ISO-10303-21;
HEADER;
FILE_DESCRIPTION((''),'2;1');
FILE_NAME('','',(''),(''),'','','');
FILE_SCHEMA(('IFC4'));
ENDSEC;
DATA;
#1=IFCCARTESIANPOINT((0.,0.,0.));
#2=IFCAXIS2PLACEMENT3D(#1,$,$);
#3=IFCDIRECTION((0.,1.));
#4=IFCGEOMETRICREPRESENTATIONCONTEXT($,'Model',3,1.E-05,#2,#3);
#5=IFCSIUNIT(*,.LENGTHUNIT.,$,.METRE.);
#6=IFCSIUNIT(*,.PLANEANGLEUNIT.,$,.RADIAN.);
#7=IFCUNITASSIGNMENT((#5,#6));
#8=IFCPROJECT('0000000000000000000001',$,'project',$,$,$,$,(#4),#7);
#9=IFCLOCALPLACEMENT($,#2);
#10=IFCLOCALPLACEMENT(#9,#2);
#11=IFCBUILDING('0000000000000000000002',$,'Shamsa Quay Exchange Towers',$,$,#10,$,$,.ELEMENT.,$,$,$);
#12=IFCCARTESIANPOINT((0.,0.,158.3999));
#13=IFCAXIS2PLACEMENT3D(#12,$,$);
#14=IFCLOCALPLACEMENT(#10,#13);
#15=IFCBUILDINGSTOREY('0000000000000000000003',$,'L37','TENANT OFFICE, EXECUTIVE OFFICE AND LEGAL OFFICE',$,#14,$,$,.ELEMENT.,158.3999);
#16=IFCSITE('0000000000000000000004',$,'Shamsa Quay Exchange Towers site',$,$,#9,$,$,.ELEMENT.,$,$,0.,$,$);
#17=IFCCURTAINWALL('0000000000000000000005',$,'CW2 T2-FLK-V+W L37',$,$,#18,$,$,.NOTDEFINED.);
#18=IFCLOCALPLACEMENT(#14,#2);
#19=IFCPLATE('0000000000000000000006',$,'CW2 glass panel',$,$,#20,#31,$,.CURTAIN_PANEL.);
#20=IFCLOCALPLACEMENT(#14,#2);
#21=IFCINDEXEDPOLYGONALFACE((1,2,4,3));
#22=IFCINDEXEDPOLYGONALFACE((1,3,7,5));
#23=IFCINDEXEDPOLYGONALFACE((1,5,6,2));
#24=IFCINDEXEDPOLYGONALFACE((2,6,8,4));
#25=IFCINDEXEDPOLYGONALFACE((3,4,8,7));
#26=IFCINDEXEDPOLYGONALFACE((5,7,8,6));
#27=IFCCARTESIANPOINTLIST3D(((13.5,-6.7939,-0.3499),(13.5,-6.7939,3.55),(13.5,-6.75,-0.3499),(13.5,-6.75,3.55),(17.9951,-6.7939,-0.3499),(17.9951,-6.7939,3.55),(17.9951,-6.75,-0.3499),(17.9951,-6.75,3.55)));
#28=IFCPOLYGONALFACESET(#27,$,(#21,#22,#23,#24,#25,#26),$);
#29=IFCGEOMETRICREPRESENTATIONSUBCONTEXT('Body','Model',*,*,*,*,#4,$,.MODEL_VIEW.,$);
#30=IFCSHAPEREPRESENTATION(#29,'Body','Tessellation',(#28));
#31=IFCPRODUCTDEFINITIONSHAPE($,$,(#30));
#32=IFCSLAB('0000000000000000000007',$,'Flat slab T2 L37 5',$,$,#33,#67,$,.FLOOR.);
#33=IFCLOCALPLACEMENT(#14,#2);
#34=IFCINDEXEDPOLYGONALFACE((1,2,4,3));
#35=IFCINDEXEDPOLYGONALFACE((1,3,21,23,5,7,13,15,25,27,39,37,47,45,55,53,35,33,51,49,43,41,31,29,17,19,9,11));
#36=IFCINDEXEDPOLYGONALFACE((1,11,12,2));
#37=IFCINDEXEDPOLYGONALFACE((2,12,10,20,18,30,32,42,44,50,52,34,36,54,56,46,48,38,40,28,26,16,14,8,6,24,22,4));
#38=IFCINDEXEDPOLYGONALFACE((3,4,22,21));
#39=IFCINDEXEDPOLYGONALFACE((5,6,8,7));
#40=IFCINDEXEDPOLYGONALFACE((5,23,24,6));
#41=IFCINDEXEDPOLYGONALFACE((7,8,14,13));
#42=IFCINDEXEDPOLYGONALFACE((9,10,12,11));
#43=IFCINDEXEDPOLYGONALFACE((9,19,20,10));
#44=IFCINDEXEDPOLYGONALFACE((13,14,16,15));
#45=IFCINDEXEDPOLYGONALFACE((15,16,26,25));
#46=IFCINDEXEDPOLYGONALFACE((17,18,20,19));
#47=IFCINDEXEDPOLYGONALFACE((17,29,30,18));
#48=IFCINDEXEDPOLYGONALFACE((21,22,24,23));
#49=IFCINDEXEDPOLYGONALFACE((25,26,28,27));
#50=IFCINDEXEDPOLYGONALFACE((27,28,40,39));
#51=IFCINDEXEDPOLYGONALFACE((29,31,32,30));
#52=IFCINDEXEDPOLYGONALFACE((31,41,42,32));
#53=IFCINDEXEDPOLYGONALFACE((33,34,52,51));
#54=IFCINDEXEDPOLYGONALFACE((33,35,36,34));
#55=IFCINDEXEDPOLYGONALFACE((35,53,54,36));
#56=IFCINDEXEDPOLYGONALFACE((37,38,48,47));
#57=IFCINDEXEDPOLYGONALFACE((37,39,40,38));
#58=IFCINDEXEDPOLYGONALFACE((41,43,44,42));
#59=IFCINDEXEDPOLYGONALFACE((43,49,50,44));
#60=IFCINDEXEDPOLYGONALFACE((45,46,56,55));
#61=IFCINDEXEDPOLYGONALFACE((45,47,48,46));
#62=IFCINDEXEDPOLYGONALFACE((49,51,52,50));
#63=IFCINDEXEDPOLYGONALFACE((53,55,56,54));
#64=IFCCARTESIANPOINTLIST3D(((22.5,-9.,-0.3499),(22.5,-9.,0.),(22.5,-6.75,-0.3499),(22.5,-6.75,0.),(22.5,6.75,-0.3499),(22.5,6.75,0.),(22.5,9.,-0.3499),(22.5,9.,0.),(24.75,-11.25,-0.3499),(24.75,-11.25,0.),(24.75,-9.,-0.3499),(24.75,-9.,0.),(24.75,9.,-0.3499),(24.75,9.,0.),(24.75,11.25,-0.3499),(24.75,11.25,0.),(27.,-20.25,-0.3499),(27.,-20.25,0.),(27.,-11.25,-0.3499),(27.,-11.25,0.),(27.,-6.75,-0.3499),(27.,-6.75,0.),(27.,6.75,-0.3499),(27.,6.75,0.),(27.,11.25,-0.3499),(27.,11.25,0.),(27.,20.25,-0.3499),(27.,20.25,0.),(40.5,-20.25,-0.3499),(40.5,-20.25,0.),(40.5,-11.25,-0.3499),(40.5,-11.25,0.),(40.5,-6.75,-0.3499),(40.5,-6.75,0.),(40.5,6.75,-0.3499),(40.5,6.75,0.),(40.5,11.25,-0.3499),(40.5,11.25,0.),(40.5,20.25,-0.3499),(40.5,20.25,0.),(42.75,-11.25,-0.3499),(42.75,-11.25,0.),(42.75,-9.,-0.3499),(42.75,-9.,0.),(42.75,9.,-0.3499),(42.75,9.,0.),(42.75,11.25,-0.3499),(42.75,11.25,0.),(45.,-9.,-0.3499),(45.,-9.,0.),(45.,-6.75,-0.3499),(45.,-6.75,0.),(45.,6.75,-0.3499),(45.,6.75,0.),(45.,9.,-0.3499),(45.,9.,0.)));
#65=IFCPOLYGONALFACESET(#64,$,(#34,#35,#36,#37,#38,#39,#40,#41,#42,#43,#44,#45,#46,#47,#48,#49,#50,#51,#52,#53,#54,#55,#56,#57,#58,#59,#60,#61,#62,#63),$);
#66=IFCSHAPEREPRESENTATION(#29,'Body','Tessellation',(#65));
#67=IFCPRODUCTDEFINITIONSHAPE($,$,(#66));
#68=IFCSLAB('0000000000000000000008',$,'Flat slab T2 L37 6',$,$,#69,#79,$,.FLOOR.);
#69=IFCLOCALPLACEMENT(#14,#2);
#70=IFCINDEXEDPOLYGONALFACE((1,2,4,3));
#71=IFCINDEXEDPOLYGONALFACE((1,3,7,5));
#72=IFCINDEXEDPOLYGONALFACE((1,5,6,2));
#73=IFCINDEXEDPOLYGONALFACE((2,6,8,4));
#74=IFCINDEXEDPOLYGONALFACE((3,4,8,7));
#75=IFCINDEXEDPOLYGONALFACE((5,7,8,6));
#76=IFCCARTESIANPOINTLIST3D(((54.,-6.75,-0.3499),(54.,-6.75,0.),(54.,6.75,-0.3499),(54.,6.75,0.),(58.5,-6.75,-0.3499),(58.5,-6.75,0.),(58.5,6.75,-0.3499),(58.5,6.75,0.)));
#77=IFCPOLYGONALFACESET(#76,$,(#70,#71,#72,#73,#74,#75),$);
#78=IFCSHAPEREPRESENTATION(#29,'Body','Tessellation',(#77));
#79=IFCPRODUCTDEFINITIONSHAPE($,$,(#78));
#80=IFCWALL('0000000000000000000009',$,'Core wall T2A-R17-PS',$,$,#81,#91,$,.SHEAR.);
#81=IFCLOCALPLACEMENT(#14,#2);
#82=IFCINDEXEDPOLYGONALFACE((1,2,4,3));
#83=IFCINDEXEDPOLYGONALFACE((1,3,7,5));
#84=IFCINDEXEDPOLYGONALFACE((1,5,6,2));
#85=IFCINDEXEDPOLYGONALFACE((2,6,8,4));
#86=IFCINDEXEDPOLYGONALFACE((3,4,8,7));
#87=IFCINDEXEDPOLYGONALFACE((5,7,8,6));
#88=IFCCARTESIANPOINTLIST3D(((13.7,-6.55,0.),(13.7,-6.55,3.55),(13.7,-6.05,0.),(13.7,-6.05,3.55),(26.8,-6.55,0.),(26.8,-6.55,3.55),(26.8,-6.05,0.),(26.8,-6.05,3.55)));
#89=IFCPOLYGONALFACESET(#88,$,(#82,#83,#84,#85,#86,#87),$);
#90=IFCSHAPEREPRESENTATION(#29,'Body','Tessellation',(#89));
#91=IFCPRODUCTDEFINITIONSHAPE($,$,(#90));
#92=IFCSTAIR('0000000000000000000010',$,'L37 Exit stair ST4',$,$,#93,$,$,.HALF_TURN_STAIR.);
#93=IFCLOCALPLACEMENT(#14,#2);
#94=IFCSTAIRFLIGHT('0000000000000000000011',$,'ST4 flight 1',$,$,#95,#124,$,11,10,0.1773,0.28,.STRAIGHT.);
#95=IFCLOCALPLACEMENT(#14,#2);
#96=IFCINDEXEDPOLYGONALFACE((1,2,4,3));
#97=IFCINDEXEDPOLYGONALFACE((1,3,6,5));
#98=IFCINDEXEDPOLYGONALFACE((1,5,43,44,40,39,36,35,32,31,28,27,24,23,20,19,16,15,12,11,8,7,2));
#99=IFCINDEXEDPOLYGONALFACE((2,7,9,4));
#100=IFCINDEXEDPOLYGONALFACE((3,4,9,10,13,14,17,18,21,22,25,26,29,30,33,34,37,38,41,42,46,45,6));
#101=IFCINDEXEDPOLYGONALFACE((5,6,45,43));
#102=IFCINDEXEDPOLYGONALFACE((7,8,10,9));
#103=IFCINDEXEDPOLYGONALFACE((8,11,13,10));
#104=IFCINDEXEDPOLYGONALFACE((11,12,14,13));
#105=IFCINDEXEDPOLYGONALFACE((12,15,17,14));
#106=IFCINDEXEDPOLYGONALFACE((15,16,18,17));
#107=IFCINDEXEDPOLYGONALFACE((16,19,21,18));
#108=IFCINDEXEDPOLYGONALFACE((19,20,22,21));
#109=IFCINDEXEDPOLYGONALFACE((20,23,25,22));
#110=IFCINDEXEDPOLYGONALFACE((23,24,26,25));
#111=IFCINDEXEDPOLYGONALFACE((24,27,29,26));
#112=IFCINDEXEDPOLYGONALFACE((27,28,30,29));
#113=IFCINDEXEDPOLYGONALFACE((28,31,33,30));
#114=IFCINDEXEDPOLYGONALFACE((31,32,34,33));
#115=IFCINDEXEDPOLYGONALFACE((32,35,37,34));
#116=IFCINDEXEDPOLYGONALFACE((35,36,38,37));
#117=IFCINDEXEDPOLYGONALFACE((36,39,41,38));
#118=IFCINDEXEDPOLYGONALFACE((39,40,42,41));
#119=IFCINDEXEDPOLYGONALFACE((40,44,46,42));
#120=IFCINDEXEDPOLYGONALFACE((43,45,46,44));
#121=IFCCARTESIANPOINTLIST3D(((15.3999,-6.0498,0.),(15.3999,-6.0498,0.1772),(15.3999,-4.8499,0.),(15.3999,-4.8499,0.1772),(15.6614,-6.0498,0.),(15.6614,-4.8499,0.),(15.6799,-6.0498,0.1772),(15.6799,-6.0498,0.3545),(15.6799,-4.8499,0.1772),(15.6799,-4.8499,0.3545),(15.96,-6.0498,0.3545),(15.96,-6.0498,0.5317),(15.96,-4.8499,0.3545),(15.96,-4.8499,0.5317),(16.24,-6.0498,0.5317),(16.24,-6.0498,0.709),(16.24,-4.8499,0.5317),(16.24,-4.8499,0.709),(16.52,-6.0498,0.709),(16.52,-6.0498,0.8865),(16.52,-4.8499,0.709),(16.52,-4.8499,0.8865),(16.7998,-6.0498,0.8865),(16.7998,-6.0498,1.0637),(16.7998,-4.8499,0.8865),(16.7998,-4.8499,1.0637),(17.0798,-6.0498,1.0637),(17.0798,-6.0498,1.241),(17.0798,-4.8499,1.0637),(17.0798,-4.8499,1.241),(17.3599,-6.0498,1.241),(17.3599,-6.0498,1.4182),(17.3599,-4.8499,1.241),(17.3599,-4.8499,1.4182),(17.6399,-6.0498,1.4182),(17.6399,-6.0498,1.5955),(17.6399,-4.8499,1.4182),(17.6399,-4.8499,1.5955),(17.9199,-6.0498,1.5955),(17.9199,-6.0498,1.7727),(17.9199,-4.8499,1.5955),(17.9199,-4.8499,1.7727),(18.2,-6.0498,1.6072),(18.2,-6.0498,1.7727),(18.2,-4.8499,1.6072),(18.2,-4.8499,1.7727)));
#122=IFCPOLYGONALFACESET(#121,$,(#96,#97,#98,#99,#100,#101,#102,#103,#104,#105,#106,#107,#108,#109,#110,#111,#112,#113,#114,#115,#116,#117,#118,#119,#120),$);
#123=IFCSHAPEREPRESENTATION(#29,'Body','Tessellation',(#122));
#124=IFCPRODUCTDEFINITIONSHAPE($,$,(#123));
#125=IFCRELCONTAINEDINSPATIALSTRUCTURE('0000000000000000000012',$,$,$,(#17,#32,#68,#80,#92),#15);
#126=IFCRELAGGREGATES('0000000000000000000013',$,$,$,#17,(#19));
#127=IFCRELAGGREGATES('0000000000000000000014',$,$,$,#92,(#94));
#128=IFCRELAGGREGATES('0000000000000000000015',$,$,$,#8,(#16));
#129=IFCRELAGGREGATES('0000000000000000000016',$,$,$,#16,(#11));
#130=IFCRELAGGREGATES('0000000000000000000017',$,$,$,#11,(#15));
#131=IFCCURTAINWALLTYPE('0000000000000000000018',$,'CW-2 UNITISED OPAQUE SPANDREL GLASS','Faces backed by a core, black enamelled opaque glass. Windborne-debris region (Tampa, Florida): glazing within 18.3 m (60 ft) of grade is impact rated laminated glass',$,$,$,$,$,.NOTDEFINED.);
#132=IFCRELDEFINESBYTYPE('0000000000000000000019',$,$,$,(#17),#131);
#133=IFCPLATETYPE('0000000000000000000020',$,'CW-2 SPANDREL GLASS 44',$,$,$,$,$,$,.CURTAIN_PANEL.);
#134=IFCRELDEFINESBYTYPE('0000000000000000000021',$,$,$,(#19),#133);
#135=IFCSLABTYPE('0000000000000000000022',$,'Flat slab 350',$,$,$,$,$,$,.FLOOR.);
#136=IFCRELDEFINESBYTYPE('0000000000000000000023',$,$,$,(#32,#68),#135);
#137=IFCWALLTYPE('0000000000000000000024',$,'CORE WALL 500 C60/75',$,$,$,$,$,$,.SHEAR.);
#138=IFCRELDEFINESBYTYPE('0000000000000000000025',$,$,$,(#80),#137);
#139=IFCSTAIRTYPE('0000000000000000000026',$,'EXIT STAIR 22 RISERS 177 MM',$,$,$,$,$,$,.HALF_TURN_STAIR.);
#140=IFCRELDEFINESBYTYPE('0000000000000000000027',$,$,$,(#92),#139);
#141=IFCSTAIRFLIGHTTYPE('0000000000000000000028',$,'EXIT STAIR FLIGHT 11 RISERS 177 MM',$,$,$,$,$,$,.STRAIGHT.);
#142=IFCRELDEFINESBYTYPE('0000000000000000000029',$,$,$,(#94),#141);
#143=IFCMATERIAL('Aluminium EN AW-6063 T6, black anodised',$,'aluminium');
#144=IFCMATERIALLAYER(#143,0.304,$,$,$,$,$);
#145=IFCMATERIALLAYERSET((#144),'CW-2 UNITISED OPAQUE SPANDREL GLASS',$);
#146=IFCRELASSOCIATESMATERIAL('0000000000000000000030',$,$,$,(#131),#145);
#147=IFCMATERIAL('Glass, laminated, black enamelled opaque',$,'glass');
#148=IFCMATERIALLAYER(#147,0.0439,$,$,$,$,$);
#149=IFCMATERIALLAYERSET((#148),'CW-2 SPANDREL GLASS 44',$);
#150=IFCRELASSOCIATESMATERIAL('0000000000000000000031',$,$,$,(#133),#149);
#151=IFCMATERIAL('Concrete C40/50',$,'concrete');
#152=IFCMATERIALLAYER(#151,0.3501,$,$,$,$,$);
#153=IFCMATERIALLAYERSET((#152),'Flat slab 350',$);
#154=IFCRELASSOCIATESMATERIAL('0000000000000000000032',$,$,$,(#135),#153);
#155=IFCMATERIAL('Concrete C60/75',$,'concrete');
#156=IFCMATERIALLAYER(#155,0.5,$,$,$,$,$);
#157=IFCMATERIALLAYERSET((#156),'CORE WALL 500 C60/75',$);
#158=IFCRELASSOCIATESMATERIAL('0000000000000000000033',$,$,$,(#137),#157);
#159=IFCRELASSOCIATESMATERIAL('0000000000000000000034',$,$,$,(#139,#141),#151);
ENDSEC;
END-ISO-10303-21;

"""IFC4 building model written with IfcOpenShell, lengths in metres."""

from ifc_helpers import new_model, si_unit, direction, frame, frame_2d, origin, origin_2d, place, context, subcontext, project, spatial, polyline, rectangle, outline, extrude, material, layer, layer_set, type_object, element, aggregate, save


model = new_model("IFC4")

# Units and contexts
model_context = context("Model", 3, precision=1e-05, world=origin(), true_north=direction((0.0, 1.0)))
body_context = subcontext(model_context, "Body", "Model", "MODEL_VIEW")
ifc_project = project(units=[si_unit("LENGTHUNIT", "METRE"), si_unit("PLANEANGLEUNIT", "RADIAN")], contexts=[model_context])

# Site, building, storey
site_placement = place(None, origin())
site = spatial("IfcSite", under=ifc_project, at=site_placement, Name="Shamsa Quay Exchange Towers site", CompositionType="ELEMENT", RefElevation=0.0)
building_placement = place(site_placement, origin())
building = spatial("IfcBuilding", under=site, at=building_placement, Name="Shamsa Quay Exchange Towers", CompositionType="ELEMENT")
storey_placement = place(building_placement, frame((0.0, 0.0, 158.3999)))
storey = spatial("IfcBuildingStorey", under=building, at=storey_placement, Name="L37", Description="TENANT OFFICE, EXECUTIVE OFFICE AND LEGAL OFFICE", CompositionType="ELEMENT", Elevation=158.3999)

# Shared definitions
ifc_material_1 = material(Name="Aluminium EN AW-6063 T6, black anodised", Category="aluminium")

# Curtain wall, plate
ifc_layer_1 = layer(ifc_material_1, 0.304)
ifc_layer_set_1 = layer_set([ifc_layer_1], Name="CW-2 UNITISED OPAQUE SPANDREL GLASS")
curtain_wall_type_1 = type_object("IfcCurtainWallType", Name="CW-2 UNITISED OPAQUE SPANDREL GLASS", Description="Faces backed by a core, black enamelled opaque glass. Windborne-debris region (Tampa, Florida): glazing within 18.3 m (60 ft) of grade is impact rated laminated glass", PredefinedType="NOTDEFINED", material=ifc_layer_set_1)
curtain_wall_1_placement = place(storey_placement, origin())
curtain_wall_1 = element("IfcCurtainWall", 1, at=curtain_wall_1_placement, inside=storey, type_object=curtain_wall_type_1, Name="CW2 T2-FLK-V+W L37", PredefinedType="NOTDEFINED")
ifc_material_2 = material(Name="Glass, laminated, black enamelled opaque", Category="glass")
ifc_layer_2 = layer(ifc_material_2, 0.0439)
ifc_layer_set_2 = layer_set([ifc_layer_2], Name="CW-2 SPANDREL GLASS 44")
plate_type_1 = type_object("IfcPlateType", Name="CW-2 SPANDREL GLASS 44", PredefinedType="CURTAIN_PANEL", material=ifc_layer_set_2)
plate_1_placement = place(storey_placement, frame((15.7476, -6.772, -0.3499)))
plate_1 = element("IfcPlate", 2, at=plate_1_placement, type_object=plate_type_1, Name="CW2 glass panel", PredefinedType="CURTAIN_PANEL", context=body_context, shape_type="SweptSolid", body=[
    extrude(rectangle(XDim=4.4951, YDim=0.0439, at=origin_2d()), origin(), (0.0, 0.0, 1.0), 3.8999),
])
aggregate(curtain_wall_1, [plate_1])

# Slabs
ifc_material_3 = material(Name="Concrete C40/50", Category="concrete")
ifc_layer_3 = layer(ifc_material_3, 0.3501)
ifc_layer_set_3 = layer_set([ifc_layer_3], Name="Flat slab 350")
slab_type_1 = type_object("IfcSlabType", Name="Flat slab 350", PredefinedType="FLOOR", material=ifc_layer_set_3)
slab_1_placement = place(storey_placement, frame((0.0, 0.0, -0.3499)))
element("IfcSlab", 3, at=slab_1_placement, inside=storey, type_object=slab_type_1, Name="Flat slab T2 L37 5", PredefinedType="FLOOR", context=body_context, shape_type="SweptSolid", body=[
    extrude(outline(polyline([(45.0, -9.0), (45.0, -6.75), (40.5, -6.75), (40.5, 6.75), (45.0, 6.75), (45.0, 9.0), (42.75, 9.0), (42.75, 11.25), (40.5, 11.25), (40.5, 20.25), (27.0, 20.25), (27.0, 11.25), (24.75, 11.25), (24.75, 9.0), (22.5, 9.0), (22.5, 6.75), (27.0, 6.75), (27.0, -6.75), (22.5, -6.75), (22.5, -9.0), (24.75, -9.0), (24.75, -11.25), (27.0, -11.25), (27.0, -20.25), (40.5, -20.25), (40.5, -11.25), (42.75, -11.25), (42.75, -9.0), (45.0, -9.0)])), origin(), (0.0, 0.0, 1.0), 0.3499),
])
slab_2_placement = place(storey_placement, frame((0.0, 0.0, -0.3499)))
element("IfcSlab", 4, at=slab_2_placement, inside=storey, type_object=slab_type_1, Name="Flat slab T2 L37 6", PredefinedType="FLOOR", context=body_context, shape_type="SweptSolid", body=[
    extrude(outline(polyline([(58.5, 6.75), (54.0, 6.75), (54.0, -6.75), (58.5, -6.75), (58.5, 6.75)])), origin(), (0.0, 0.0, 1.0), 0.3499),
])

# Wall
ifc_material_4 = material(Name="Concrete C60/75", Category="concrete")
ifc_layer_4 = layer(ifc_material_4, 0.5)
ifc_layer_set_4 = layer_set([ifc_layer_4], Name="CORE WALL 500 C60/75")
wall_type = type_object("IfcWallType", Name="CORE WALL 500 C60/75", PredefinedType="SHEAR", material=ifc_layer_set_4)
wall_placement = place(storey_placement, frame((13.7, -6.3, 0.0)))
element("IfcWall", 5, at=wall_placement, inside=storey, type_object=wall_type, Name="Core wall T2A-R17-PS", PredefinedType="SHEAR", context=body_context, shape_type="SweptSolid", body=[
    extrude(rectangle(XDim=13.1001, YDim=0.5, at=frame_2d((6.55, 0.0))), origin(), (0.0, 0.0, 1.0), 3.55),
])

# Stair, stair flight
stair_type = type_object("IfcStairType", Name="EXIT STAIR 22 RISERS 177 MM", PredefinedType="HALF_TURN_STAIR", material=ifc_material_3)
stair_placement = place(storey_placement, origin())
stair = element("IfcStair", 6, at=stair_placement, inside=storey, type_object=stair_type, Name="L37 Exit stair ST4", PredefinedType="HALF_TURN_STAIR")
stair_flight_type = type_object("IfcStairFlightType", Name="EXIT STAIR FLIGHT 11 RISERS 177 MM", PredefinedType="STRAIGHT", material=ifc_material_3)
stair_flight_placement = place(storey_placement, frame((15.3999, -5.45, 0.0)))
stair_flight = element("IfcStairFlight", 7, at=stair_flight_placement, type_object=stair_flight_type, Name="ST4 flight 1", NumberOfRisers=11, NumberOfTreads=10, PredefinedType="STRAIGHT", RiserHeight=0.1773, TreadLength=0.28, context=body_context, shape_type="SweptSolid", body=[
    extrude(outline(polyline([(0.0, 0.0), (0.0, 0.1772), (0.28, 0.1772), (0.28, 0.3545), (0.5601, 0.3545), (0.5601, 0.5317), (0.8401, 0.5317), (0.8401, 0.709), (1.1201, 0.709), (1.1201, 0.8865), (1.3999, 0.8865), (1.3999, 1.0637), (1.6799, 1.0637), (1.6799, 1.241), (1.96, 1.241), (1.96, 1.4182), (2.24, 1.4182), (2.24, 1.5955), (2.52, 1.5955), (2.52, 1.7727), (2.8, 1.7727), (2.8, 1.95), (2.8, 1.6072), (0.2615, 0.0), (0.0, 0.0)])), frame((0.0, 0.6001, 0.0), z_axis=(0.0, -1.0, 0.0), x_axis=(1.0, 0.0, 0.0)), (0.0, 0.0, 1.0), 1.2),
])
aggregate(stair, [stair_flight])

save(model, "model.ifc")
